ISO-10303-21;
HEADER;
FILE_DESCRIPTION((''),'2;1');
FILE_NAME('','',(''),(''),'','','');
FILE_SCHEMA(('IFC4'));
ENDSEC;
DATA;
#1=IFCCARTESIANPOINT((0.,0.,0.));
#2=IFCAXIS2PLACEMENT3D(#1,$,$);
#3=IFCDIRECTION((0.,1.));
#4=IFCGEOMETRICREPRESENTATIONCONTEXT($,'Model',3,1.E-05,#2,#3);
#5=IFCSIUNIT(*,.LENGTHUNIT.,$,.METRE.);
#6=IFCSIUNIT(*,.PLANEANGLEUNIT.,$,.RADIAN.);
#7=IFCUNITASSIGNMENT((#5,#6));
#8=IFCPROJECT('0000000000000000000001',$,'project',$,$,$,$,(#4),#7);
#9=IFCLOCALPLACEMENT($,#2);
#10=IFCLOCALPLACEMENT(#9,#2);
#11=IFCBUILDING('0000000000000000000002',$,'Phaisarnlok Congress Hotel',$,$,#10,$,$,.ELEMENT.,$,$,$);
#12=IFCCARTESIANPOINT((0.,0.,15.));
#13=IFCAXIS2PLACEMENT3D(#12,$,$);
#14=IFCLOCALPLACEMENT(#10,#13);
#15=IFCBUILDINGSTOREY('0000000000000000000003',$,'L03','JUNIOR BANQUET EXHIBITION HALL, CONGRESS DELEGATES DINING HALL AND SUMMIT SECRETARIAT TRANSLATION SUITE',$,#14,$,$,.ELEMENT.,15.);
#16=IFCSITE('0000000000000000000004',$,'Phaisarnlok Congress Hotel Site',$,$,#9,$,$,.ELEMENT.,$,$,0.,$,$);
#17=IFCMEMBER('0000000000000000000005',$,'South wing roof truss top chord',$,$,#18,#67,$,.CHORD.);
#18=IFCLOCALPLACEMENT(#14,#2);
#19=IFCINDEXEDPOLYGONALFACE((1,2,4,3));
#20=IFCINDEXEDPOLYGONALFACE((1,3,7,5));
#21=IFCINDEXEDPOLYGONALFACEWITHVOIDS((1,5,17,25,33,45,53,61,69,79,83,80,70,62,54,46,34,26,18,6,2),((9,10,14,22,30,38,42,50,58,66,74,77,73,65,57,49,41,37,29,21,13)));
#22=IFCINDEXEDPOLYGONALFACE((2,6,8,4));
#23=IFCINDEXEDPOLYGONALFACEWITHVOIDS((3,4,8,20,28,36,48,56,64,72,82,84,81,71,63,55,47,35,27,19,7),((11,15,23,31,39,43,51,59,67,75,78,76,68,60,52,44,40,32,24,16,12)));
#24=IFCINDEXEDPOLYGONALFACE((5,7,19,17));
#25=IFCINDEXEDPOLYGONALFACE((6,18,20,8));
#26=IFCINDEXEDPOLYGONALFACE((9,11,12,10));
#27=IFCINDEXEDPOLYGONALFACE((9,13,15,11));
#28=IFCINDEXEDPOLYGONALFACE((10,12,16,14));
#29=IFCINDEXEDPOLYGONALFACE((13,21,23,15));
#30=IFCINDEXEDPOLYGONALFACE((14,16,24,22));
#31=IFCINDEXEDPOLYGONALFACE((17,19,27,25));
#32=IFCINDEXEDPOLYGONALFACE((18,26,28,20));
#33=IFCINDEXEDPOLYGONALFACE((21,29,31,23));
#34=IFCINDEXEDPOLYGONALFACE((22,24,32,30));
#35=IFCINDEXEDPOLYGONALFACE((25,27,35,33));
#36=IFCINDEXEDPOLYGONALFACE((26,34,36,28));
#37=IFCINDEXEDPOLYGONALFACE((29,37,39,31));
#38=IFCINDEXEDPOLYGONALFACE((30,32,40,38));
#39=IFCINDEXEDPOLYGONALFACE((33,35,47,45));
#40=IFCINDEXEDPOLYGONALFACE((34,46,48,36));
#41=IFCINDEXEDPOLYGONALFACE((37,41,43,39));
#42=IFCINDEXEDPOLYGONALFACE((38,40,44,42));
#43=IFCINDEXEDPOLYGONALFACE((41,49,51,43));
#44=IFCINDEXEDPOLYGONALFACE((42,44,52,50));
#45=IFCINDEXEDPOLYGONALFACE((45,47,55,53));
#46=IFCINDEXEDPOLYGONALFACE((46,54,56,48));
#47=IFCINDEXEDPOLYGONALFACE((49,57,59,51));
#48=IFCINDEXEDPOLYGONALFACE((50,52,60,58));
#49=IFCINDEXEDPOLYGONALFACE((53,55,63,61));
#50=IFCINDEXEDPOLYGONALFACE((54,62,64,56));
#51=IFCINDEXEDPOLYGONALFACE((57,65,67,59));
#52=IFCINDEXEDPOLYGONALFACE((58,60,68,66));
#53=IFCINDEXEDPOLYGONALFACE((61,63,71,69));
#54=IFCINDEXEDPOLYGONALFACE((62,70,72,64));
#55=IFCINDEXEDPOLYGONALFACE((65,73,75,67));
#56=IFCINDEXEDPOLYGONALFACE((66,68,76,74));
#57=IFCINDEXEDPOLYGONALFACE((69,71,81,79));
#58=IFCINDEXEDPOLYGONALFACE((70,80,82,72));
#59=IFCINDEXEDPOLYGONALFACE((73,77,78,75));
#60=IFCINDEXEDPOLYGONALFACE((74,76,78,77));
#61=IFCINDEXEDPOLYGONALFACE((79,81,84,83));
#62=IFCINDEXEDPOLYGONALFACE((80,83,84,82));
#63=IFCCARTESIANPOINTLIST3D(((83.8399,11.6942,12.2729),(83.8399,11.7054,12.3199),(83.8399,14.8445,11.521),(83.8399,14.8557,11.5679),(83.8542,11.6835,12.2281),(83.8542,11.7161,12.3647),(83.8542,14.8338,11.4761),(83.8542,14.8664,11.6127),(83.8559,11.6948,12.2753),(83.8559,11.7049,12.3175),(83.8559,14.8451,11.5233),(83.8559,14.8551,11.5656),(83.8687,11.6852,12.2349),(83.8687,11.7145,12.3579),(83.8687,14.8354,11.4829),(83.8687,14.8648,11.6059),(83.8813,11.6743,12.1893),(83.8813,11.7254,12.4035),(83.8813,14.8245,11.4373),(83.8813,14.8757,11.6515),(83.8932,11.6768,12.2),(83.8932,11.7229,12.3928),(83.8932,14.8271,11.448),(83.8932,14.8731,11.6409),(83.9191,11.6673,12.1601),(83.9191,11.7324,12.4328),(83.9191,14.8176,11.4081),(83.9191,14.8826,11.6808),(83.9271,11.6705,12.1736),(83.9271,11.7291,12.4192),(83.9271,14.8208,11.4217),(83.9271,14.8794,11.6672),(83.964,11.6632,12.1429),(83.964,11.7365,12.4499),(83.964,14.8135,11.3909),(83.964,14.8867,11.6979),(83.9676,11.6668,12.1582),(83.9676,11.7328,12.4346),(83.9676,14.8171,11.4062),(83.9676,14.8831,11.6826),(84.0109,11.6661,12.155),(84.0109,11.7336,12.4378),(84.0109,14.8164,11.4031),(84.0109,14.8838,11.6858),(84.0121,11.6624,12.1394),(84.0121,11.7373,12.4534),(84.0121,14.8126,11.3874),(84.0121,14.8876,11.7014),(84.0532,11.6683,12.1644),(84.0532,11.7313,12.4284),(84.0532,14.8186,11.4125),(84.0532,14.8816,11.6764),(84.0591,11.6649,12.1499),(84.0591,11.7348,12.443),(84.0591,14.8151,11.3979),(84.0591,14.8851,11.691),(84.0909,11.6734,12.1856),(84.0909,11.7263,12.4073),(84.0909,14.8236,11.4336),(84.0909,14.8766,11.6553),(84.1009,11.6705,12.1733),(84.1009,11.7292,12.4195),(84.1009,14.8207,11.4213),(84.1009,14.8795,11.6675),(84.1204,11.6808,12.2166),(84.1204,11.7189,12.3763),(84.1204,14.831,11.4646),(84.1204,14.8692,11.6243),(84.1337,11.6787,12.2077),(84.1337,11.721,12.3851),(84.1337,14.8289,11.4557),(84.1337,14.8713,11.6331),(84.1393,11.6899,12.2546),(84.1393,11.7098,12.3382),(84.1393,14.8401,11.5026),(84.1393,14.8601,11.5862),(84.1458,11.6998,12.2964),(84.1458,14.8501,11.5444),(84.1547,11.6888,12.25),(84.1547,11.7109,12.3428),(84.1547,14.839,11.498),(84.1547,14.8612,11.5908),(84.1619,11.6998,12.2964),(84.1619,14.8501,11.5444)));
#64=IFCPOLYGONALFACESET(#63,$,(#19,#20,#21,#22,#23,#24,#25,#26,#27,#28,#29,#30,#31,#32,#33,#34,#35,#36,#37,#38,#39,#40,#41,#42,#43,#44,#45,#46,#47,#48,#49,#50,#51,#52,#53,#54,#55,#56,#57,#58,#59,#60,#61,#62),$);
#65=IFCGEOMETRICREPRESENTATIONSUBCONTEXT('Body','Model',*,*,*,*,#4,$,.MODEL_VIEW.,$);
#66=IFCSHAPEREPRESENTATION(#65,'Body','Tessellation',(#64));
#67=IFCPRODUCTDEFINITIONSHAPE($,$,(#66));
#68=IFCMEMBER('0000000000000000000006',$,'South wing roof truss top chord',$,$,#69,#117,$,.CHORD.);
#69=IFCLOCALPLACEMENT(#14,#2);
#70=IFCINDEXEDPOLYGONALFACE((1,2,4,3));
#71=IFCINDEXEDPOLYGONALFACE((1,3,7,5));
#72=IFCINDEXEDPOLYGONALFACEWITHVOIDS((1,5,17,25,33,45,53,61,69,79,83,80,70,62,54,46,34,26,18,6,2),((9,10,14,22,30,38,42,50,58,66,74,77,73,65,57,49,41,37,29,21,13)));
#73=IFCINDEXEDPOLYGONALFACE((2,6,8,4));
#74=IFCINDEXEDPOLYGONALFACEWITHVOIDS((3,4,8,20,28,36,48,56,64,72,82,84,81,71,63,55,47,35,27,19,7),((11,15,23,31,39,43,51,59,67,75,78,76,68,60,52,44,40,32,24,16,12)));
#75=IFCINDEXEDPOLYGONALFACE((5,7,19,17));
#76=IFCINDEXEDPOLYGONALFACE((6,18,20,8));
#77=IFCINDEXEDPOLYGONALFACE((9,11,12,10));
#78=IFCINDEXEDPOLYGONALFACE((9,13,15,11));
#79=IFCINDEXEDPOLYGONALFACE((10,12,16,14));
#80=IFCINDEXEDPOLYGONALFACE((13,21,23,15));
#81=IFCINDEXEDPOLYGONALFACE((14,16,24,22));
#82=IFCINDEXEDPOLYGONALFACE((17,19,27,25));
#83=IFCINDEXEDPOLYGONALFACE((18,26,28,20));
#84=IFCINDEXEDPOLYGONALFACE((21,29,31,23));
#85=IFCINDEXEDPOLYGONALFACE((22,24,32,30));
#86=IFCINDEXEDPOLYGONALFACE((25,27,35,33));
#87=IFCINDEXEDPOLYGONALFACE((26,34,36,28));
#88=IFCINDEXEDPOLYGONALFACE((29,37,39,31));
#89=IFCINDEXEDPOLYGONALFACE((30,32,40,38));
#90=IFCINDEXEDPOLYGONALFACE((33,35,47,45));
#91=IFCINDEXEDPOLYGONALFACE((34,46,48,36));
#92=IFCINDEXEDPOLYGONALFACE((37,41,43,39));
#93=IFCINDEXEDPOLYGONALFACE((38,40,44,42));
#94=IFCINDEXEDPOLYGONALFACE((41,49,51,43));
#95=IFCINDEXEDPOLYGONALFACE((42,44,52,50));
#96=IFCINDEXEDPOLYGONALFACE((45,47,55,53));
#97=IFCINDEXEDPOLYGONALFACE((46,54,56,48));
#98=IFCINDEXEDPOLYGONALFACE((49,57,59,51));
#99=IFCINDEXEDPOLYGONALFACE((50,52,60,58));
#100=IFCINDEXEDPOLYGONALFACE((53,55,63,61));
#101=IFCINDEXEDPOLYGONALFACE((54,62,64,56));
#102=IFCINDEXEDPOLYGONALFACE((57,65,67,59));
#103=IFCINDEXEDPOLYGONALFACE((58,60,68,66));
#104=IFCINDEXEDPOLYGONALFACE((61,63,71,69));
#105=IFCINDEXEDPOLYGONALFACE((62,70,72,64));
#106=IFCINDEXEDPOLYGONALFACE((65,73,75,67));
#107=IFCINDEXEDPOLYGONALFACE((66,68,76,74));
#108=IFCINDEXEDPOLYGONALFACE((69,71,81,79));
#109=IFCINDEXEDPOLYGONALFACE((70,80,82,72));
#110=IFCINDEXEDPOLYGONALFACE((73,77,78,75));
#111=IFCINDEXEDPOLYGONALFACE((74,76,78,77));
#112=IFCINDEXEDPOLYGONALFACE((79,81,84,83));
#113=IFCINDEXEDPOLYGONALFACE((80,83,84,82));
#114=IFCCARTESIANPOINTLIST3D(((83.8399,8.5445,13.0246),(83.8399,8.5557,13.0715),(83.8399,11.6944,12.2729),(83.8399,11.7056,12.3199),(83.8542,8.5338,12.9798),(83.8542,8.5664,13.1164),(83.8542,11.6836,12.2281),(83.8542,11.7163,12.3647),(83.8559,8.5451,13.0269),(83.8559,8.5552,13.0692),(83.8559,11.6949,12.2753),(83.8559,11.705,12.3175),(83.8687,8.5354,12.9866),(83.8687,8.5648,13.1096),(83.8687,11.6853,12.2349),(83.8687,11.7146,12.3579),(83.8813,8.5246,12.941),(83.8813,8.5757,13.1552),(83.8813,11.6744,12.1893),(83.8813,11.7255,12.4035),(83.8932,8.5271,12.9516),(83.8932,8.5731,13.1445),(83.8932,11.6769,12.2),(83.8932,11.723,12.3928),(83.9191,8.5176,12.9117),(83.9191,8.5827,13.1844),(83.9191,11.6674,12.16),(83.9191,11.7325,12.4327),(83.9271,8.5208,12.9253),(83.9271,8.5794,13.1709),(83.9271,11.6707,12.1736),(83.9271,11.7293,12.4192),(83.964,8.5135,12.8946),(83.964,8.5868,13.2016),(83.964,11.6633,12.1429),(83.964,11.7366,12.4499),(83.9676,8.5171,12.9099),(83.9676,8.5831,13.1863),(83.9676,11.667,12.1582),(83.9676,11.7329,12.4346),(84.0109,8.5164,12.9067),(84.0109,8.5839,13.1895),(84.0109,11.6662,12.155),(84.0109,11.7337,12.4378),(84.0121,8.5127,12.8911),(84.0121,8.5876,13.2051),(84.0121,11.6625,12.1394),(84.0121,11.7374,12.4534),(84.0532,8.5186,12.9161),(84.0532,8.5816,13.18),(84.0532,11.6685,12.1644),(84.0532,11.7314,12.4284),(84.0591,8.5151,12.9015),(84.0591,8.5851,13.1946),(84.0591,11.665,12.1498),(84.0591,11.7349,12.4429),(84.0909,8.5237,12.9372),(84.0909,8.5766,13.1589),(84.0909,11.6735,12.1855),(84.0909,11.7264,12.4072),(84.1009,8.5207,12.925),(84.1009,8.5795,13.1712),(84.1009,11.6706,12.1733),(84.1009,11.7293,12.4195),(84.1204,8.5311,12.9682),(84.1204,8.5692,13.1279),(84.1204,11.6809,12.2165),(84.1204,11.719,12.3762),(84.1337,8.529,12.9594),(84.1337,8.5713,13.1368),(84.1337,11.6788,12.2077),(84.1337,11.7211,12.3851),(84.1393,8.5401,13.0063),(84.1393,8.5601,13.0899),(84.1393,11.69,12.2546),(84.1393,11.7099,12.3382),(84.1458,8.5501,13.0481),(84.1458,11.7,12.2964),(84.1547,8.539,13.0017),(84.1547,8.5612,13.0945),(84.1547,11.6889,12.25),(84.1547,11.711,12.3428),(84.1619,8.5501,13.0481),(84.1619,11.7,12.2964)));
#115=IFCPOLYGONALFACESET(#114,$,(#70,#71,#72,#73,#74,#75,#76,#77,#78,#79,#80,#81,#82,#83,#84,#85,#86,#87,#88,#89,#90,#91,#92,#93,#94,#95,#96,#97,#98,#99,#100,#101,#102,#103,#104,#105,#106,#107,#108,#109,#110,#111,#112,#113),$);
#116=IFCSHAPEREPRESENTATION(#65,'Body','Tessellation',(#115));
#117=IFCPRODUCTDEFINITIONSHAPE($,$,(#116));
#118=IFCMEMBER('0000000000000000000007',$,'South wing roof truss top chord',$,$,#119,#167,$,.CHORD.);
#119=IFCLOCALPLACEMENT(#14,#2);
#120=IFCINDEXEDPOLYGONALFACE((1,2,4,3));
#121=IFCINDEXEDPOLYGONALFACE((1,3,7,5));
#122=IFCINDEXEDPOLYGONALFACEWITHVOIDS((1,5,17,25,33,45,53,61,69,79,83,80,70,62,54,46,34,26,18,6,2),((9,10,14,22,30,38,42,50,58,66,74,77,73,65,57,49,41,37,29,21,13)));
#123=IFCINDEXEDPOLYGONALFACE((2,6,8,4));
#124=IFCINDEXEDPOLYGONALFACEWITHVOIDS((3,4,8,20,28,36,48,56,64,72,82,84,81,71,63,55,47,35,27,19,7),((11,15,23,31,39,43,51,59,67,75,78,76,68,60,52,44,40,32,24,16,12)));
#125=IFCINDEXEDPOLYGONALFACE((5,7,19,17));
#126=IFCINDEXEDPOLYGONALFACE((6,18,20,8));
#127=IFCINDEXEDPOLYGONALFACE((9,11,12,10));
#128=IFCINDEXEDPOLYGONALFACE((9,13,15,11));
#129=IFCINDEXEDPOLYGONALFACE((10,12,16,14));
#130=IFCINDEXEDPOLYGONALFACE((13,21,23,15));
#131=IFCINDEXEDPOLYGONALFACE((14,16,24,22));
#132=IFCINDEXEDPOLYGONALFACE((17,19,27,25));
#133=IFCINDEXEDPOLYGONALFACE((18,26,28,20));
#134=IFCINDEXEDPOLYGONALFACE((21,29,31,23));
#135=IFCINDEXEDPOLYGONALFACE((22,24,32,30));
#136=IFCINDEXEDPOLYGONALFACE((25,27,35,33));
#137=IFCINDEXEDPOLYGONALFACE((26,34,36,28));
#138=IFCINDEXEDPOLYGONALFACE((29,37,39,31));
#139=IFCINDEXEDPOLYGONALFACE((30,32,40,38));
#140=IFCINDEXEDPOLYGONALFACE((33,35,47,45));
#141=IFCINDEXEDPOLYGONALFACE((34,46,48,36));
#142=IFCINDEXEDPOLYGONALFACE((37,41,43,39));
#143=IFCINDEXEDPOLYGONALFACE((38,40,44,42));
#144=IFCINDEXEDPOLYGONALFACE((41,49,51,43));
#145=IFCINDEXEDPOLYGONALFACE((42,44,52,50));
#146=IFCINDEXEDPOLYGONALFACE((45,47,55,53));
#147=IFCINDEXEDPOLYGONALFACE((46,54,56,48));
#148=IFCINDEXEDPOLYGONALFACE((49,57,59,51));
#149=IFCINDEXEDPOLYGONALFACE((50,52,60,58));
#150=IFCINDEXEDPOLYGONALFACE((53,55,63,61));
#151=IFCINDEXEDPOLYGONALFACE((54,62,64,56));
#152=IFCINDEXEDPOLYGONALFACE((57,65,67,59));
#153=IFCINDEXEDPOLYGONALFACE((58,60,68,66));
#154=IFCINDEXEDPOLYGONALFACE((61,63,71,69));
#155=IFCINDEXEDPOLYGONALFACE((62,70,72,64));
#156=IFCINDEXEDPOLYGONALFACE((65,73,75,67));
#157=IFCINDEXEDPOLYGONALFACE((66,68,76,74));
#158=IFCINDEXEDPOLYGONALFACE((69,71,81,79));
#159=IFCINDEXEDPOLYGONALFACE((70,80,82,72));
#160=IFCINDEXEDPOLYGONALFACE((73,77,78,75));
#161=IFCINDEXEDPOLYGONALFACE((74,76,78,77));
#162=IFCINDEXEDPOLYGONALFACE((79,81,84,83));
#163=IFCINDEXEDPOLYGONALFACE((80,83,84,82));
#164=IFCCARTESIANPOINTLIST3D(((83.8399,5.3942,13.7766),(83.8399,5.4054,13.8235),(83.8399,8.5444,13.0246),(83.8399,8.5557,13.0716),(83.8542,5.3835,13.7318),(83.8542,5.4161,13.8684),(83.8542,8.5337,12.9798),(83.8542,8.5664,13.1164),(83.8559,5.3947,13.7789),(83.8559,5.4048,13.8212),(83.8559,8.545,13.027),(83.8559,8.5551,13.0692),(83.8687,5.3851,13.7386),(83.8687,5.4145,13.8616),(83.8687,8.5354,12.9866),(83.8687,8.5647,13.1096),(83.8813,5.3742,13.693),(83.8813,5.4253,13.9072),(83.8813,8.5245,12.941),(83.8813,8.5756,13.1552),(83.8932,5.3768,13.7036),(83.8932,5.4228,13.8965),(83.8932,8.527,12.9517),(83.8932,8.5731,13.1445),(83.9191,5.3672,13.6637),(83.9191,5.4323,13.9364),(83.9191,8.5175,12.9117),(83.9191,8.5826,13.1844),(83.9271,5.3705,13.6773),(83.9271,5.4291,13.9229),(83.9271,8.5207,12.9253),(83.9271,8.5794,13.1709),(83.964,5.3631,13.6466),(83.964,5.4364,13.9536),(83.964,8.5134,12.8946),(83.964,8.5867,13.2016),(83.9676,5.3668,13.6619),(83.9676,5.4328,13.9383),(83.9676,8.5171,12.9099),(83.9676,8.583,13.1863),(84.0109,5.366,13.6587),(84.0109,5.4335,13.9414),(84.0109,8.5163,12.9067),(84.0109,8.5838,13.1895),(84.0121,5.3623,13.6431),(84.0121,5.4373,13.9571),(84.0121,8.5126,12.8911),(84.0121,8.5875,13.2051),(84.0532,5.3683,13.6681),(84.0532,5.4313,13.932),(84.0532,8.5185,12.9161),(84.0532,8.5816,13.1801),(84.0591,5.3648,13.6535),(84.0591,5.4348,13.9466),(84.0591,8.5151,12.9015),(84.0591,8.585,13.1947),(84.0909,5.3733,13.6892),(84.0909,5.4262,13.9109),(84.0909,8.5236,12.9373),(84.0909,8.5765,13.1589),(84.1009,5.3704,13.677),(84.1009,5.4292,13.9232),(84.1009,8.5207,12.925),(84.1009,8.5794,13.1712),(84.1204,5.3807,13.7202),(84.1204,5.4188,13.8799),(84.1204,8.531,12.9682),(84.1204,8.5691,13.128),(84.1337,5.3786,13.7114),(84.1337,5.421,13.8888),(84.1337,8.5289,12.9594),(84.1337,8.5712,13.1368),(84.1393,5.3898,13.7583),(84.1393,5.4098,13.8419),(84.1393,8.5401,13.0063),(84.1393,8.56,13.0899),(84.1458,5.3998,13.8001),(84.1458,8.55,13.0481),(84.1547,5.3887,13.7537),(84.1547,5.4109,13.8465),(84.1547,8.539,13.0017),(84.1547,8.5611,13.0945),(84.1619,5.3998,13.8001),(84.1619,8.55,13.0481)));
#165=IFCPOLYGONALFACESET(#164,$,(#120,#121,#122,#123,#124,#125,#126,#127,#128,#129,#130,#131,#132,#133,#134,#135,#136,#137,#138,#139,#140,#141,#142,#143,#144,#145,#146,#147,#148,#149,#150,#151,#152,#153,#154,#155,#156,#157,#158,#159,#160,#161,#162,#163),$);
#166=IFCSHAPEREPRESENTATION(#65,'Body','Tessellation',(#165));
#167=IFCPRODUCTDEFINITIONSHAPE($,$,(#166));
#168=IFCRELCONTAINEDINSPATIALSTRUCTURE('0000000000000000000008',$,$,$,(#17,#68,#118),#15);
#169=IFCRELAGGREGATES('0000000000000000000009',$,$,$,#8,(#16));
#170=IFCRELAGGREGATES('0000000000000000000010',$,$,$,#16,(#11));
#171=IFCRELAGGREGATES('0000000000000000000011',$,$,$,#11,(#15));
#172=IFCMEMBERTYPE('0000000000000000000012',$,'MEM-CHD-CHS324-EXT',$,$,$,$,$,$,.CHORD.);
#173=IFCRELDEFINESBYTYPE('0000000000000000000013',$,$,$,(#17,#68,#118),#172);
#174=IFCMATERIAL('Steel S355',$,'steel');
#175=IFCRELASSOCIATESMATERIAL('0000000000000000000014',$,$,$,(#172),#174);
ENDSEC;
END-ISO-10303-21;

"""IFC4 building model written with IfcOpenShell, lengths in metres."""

from ifc_helpers import new_model, si_unit, direction, frame, origin, origin_2d, place, context, subcontext, project, spatial, hollow_circle, extrude, material, material_profile, profile_set, type_object, element, save


model = new_model("IFC4")

# Units and contexts
model_context = context("Model", 3, precision=1e-05, world=origin(), true_north=direction((0.0, 1.0)))
body_context = subcontext(model_context, "Body", "Model", "MODEL_VIEW")
ifc_project = project(units=[si_unit("LENGTHUNIT", "METRE"), si_unit("PLANEANGLEUNIT", "RADIAN")], contexts=[model_context])

# Site, building, storey
site_placement = place(None, origin())
site = spatial("IfcSite", under=ifc_project, at=site_placement, Name="Phaisarnlok Congress Hotel Site", CompositionType="ELEMENT", RefElevation=0.0)
building_placement = place(site_placement, origin())
building = spatial("IfcBuilding", under=site, at=building_placement, Name="Phaisarnlok Congress Hotel", CompositionType="ELEMENT")
storey_placement = place(building_placement, frame((0.0, 0.0, 15.0)))
storey = spatial("IfcBuildingStorey", under=building, at=storey_placement, Name="L03", Description="JUNIOR BANQUET EXHIBITION HALL, CONGRESS DELEGATES DINING HALL AND SUMMIT SECRETARIAT TRANSLATION SUITE", CompositionType="ELEMENT", Elevation=15.0)

# Shared definitions
ifc_material_1 = material(Name="Steel S355", Category="steel")

# Members
ifc_material_profile_1 = material_profile(ifc_material_1, hollow_circle(Radius=0.1619, WallThickness=0.0161, at=origin_2d()), Name="CHS 323.9x16")
ifc_profile_set_1 = profile_set([ifc_material_profile_1], Name="Steel S355")
member_type_1 = type_object("IfcMemberType", Name="MEM-CHD-CHS324-EXT", PredefinedType="CHORD", material=ifc_profile_set_1)
member_1_placement = place(storey_placement, frame((84.0, 14.8501, 11.5444), z_axis=(0.0, -0.972673, 0.232181), x_axis=(1.0, 0.0, 0.0)))
element("IfcMember", 1, at=member_1_placement, inside=storey, type_object=member_type_1, Name="South wing roof truss top chord", PredefinedType="CHORD", context=body_context, shape_type="SweptSolid", body=[
    extrude(hollow_circle(Radius=0.1619, WallThickness=0.0161, at=origin_2d()), origin(), (0.0, 0.0, 1.0), 3.2388),
])
member_2_placement = place(storey_placement, frame((84.0, 11.7, 12.2964), z_axis=(0.0, -0.972686, 0.232127), x_axis=(1.0, 0.0, 0.0)))
element("IfcMember", 2, at=member_2_placement, inside=storey, type_object=member_type_1, Name="South wing roof truss top chord", PredefinedType="CHORD", context=body_context, shape_type="SweptSolid", body=[
    extrude(hollow_circle(Radius=0.1619, WallThickness=0.0161, at=origin_2d()), origin(), (0.0, 0.0, 1.0), 3.2383),
])
member_3_placement = place(storey_placement, frame((84.0, 8.55, 13.0481), z_axis=(0.0, -0.972673, 0.232181), x_axis=(1.0, 0.0, 0.0)))
element("IfcMember", 3, at=member_3_placement, inside=storey, type_object=member_type_1, Name="South wing roof truss top chord", PredefinedType="CHORD", context=body_context, shape_type="SweptSolid", body=[
    extrude(hollow_circle(Radius=0.1619, WallThickness=0.0161, at=origin_2d()), origin(), (0.0, 0.0, 1.0), 3.2388),
])

save(model, "model.ifc")
